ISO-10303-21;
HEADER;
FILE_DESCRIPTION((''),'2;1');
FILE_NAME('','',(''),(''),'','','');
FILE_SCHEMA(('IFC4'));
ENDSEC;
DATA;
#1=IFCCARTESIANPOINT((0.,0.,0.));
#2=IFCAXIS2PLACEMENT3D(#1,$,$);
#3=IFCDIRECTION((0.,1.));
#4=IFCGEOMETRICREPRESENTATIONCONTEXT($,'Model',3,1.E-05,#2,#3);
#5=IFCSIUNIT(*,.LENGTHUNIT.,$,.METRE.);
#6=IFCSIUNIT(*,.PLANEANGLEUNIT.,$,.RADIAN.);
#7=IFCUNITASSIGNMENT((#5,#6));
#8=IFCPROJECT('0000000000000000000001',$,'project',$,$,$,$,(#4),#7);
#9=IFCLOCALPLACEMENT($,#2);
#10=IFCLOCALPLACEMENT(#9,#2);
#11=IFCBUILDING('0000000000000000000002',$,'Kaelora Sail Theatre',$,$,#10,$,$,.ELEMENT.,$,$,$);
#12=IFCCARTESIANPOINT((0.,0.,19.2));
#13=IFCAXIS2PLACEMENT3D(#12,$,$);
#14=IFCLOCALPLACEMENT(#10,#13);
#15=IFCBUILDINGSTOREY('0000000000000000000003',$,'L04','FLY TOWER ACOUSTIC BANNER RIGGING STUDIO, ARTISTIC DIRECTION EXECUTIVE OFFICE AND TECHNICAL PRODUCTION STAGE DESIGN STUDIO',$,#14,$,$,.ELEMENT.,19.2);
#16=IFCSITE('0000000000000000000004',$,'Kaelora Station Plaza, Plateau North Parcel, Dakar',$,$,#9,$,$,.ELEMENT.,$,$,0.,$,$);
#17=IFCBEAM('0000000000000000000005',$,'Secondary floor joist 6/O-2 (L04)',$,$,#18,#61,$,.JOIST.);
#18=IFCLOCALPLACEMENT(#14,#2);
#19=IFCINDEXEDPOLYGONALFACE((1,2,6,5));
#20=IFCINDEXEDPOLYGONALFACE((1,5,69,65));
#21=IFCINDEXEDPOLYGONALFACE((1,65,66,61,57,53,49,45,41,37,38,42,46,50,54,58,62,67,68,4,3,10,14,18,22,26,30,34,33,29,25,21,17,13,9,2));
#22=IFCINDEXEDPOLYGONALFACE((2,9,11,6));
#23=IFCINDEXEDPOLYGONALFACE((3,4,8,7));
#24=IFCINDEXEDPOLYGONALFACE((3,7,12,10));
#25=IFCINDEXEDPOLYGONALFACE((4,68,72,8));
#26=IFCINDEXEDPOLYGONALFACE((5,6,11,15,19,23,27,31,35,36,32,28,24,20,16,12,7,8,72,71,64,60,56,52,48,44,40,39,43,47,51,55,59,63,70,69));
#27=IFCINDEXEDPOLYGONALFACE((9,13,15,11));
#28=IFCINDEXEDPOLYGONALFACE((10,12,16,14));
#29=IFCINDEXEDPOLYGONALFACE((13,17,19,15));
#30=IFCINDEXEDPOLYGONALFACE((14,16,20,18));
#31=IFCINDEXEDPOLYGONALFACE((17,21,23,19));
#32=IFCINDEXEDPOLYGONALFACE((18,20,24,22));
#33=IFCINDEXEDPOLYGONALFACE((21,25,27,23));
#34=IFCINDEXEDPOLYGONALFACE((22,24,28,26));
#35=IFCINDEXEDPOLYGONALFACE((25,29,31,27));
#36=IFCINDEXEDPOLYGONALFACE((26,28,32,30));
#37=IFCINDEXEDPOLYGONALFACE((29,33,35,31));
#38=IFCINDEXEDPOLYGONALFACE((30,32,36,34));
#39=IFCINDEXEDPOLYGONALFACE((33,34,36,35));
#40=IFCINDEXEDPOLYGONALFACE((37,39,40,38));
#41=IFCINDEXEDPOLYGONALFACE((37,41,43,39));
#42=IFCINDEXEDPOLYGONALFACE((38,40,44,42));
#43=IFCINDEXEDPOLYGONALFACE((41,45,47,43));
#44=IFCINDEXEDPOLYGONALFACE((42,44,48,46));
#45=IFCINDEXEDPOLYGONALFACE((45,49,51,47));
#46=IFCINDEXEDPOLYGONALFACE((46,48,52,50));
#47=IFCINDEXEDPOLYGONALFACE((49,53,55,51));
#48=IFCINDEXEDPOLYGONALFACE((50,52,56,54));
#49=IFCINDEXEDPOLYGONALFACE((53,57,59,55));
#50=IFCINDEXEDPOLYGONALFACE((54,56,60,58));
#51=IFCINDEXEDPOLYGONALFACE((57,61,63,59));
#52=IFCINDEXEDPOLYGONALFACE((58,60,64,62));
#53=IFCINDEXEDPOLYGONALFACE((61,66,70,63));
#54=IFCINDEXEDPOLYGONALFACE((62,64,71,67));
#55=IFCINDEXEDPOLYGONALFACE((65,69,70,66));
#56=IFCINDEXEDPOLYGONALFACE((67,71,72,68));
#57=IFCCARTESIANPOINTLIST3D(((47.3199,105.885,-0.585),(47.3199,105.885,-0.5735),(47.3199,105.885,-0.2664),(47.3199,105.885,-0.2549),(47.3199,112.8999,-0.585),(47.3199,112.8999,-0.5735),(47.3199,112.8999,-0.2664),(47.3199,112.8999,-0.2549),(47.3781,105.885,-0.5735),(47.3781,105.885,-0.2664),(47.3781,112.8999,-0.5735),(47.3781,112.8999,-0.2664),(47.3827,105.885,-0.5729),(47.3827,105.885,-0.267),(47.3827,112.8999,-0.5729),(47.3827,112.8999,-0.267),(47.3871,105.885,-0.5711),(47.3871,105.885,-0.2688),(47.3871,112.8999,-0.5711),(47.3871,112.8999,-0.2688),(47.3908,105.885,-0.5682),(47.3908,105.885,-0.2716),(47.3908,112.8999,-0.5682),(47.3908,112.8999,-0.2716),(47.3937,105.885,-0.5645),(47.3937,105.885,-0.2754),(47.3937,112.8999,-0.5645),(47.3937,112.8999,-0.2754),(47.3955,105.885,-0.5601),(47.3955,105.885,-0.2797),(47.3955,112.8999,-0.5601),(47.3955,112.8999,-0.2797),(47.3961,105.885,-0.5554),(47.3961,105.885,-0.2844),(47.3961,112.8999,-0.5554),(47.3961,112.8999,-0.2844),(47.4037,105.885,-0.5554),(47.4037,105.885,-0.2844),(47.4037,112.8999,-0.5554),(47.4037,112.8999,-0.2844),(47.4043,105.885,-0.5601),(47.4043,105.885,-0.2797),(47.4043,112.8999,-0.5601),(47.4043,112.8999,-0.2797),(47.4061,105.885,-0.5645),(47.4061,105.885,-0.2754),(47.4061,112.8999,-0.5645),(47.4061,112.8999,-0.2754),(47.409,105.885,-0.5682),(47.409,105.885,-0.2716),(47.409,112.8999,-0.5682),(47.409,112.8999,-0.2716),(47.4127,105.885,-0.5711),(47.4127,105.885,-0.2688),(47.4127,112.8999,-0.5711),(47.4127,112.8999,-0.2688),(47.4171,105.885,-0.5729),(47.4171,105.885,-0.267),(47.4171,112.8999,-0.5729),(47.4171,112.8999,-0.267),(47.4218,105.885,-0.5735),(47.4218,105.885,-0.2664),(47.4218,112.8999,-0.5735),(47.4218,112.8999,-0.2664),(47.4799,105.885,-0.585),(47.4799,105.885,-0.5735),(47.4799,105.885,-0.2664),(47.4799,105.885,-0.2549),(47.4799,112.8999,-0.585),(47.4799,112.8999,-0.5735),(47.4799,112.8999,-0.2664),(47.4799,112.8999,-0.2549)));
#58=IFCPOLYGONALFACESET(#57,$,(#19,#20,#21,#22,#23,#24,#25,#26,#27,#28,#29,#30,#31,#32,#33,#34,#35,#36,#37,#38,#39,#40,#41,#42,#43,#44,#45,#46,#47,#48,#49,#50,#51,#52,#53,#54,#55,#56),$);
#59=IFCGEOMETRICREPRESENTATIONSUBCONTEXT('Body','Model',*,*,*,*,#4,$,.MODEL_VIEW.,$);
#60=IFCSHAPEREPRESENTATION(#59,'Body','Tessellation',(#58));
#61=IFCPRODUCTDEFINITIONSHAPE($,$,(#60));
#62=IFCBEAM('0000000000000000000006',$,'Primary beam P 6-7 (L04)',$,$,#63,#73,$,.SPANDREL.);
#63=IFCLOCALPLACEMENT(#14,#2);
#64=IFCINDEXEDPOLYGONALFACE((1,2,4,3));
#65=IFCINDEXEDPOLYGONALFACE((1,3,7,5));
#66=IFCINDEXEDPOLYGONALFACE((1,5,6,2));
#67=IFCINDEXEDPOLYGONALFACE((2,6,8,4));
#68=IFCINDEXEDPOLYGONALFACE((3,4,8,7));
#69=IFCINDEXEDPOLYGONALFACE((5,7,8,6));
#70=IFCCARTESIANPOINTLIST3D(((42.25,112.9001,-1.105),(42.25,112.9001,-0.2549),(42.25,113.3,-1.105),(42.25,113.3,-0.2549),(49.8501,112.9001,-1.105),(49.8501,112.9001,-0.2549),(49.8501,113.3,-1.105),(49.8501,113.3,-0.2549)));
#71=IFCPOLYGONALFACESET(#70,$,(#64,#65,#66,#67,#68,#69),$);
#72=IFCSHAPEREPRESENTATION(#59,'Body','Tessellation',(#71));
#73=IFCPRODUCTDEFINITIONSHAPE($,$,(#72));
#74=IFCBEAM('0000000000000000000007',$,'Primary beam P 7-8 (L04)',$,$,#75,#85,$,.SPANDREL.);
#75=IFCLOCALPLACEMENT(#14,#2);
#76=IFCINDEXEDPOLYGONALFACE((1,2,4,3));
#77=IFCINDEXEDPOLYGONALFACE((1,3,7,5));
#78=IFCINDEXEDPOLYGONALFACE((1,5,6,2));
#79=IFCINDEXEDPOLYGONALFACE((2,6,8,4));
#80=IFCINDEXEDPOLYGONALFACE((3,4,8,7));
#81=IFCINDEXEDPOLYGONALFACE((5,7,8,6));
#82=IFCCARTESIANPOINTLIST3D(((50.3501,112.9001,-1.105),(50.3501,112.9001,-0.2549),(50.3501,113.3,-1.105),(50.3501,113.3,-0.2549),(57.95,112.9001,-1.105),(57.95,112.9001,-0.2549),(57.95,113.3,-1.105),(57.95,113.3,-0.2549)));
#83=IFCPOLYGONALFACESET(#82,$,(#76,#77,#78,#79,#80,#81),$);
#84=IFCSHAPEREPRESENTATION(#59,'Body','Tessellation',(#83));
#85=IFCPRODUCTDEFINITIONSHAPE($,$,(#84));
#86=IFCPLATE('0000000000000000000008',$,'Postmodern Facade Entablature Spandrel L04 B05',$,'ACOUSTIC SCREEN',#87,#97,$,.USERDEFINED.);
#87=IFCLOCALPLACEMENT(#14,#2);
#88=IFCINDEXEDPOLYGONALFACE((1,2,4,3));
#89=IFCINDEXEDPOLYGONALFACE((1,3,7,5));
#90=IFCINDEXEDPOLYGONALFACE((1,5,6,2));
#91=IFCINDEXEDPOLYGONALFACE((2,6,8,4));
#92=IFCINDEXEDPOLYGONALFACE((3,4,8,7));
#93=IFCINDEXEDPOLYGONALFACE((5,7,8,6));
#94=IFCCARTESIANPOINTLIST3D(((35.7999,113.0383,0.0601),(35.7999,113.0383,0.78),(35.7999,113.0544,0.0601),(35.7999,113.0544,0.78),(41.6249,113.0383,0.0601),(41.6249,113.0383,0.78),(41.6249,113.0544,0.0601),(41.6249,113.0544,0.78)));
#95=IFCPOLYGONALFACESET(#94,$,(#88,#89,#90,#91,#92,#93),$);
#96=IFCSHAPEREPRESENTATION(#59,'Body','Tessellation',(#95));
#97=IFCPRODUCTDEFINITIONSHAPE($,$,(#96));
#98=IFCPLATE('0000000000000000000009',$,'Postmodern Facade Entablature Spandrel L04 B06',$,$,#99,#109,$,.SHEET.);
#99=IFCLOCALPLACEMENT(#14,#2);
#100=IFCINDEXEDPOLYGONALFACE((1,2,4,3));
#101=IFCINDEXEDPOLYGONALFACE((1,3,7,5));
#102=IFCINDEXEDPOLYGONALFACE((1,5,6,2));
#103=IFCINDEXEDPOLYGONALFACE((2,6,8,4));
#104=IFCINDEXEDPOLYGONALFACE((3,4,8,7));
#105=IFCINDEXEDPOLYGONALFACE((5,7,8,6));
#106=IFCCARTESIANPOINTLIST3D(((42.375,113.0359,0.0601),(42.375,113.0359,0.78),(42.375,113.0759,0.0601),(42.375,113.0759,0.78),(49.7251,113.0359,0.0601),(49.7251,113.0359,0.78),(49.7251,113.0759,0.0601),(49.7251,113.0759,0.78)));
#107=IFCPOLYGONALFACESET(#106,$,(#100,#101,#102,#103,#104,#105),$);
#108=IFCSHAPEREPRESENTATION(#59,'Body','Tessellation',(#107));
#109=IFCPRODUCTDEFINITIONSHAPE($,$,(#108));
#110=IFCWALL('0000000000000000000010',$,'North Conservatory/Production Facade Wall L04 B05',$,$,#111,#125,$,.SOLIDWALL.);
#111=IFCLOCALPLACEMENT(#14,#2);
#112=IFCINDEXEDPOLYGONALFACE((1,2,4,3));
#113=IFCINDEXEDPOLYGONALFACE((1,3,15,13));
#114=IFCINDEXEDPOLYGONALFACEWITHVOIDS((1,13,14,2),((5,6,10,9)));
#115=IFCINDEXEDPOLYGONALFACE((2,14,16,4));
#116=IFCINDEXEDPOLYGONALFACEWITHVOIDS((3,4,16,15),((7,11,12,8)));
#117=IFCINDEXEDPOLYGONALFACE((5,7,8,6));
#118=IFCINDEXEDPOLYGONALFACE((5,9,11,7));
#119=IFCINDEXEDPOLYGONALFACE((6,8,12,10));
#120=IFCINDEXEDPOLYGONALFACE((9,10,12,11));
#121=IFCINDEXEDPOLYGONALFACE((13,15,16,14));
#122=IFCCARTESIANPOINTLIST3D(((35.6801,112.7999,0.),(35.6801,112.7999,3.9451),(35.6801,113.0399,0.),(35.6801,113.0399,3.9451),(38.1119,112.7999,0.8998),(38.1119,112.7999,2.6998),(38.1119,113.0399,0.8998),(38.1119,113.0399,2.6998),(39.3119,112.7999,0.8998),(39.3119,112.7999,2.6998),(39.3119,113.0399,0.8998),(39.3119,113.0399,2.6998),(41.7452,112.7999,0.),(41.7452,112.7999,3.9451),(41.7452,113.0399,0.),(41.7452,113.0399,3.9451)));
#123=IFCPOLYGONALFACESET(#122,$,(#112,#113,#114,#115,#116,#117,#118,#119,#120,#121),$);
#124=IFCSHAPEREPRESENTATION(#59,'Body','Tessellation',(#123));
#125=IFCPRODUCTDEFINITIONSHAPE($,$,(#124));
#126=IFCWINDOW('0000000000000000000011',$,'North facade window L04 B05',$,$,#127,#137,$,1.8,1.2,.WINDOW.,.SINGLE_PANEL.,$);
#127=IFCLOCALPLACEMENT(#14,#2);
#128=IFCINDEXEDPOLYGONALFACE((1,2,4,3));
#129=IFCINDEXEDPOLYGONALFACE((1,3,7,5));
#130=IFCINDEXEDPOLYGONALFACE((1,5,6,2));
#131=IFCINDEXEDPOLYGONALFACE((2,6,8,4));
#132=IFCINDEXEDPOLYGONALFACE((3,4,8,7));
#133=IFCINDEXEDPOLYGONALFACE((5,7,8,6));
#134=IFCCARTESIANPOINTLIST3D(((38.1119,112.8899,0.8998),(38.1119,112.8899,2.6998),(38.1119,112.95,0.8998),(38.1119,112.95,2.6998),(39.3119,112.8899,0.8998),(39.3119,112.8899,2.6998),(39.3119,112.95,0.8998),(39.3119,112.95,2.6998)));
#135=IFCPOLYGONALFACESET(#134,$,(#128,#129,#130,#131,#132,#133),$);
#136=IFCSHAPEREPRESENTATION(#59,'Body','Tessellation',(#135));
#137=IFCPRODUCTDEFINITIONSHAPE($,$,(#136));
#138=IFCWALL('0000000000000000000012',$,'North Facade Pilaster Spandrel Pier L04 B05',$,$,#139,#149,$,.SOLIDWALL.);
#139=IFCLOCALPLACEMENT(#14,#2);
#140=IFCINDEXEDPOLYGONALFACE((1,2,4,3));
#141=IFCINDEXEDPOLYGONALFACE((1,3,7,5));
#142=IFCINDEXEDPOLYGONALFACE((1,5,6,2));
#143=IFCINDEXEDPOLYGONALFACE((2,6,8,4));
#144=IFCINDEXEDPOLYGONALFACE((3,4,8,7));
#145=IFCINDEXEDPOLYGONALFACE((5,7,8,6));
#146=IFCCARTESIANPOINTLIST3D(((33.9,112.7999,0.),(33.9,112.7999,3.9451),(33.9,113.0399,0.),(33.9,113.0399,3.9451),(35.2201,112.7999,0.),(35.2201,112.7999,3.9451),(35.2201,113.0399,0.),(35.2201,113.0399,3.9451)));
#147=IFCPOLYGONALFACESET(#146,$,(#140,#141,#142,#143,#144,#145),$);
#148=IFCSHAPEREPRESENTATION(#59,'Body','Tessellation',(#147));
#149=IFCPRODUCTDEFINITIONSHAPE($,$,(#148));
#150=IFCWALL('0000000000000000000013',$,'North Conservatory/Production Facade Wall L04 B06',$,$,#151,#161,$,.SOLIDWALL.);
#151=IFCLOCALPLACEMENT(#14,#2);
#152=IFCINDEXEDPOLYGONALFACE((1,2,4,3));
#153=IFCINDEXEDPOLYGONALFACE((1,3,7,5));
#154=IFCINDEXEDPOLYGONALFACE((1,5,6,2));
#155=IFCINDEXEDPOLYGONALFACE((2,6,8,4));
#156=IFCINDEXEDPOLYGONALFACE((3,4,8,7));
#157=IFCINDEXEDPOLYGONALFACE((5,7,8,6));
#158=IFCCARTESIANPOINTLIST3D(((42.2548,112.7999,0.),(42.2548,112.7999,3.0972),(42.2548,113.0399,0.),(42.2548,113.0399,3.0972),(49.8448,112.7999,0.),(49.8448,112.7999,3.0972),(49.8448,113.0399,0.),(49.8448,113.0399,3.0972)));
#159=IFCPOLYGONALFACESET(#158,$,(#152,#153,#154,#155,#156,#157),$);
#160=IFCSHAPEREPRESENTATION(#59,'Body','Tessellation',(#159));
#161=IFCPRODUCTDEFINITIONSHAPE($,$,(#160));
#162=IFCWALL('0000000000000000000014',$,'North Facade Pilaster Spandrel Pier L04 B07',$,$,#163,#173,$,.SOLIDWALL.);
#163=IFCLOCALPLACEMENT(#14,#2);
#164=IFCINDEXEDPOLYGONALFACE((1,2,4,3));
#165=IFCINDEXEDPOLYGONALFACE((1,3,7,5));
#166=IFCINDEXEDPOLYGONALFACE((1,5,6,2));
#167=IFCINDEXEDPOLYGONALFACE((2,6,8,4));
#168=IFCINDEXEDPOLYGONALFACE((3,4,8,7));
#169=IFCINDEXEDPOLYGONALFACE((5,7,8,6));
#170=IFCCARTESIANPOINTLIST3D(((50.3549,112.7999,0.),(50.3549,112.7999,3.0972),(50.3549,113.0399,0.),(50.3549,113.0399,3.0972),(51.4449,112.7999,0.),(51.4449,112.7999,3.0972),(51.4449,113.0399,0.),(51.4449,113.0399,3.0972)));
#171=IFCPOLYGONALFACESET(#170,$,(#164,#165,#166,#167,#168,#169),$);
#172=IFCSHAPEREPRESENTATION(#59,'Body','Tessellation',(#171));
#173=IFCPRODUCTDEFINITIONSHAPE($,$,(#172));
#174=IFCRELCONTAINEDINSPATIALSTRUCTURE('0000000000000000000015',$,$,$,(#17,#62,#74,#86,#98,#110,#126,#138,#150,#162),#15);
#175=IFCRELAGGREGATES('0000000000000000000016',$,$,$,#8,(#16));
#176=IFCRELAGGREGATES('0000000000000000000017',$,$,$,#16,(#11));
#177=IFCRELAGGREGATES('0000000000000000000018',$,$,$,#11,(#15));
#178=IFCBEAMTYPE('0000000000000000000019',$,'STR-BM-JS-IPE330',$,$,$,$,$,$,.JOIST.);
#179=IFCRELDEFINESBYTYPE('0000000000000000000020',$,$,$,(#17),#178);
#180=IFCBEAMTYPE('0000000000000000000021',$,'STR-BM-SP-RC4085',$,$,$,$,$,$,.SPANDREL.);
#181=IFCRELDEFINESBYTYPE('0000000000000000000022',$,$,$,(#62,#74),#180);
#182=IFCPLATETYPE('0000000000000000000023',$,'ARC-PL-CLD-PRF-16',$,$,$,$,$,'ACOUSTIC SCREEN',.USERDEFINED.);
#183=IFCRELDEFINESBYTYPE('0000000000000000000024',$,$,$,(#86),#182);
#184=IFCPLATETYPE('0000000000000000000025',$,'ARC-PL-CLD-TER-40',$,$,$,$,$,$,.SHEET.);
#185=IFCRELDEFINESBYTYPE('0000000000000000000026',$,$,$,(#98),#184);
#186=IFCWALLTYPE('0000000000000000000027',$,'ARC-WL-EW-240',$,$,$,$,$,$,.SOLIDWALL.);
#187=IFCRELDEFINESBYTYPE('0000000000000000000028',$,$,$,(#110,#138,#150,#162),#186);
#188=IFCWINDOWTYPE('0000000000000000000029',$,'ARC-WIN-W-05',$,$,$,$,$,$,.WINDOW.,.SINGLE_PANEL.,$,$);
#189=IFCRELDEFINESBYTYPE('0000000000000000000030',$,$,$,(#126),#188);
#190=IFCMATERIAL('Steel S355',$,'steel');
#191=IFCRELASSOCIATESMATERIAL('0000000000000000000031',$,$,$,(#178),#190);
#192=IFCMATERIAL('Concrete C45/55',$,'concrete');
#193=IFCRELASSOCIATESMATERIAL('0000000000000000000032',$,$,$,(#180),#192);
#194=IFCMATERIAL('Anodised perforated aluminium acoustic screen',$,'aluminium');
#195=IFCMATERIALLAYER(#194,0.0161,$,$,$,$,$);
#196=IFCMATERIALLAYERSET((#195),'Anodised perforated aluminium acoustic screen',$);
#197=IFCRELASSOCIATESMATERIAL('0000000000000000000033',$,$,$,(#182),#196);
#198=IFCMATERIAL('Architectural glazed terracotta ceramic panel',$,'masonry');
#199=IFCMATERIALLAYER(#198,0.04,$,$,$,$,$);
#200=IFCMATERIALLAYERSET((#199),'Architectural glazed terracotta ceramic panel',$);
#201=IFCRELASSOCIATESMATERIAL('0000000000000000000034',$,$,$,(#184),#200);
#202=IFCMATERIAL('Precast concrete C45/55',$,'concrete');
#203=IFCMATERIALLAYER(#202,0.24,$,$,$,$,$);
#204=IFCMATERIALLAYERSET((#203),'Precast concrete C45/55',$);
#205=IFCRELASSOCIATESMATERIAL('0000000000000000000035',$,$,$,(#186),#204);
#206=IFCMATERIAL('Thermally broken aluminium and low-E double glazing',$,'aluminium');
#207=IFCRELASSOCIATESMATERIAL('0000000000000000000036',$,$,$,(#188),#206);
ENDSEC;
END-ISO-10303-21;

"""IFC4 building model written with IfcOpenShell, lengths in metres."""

from ifc_helpers import new_model, si_unit, direction, frame, frame_2d, origin, origin_2d, place, context, subcontext, project, spatial, rectangle, i_section, extrude, material, layer, layer_set, material_profile, profile_set, type_object, element, fill, save


model = new_model("IFC4")

# Units and contexts
model_context = context("Model", 3, precision=1e-05, world=origin(), true_north=direction((0.0, 1.0)))
body_context = subcontext(model_context, "Body", "Model", "MODEL_VIEW")
ifc_project = project(units=[si_unit("LENGTHUNIT", "METRE"), si_unit("PLANEANGLEUNIT", "RADIAN")], contexts=[model_context])

# Site, building, storey
site_placement = place(None, origin())
site = spatial("IfcSite", under=ifc_project, at=site_placement, Name="Kaelora Station Plaza, Plateau North Parcel, Dakar", CompositionType="ELEMENT", RefElevation=0.0)
building_placement = place(site_placement, origin())
building = spatial("IfcBuilding", under=site, at=building_placement, Name="Kaelora Sail Theatre", CompositionType="ELEMENT")
storey_placement = place(building_placement, frame((0.0, 0.0, 19.2)))
storey = spatial("IfcBuildingStorey", under=building, at=storey_placement, Name="L04", Description="FLY TOWER ACOUSTIC BANNER RIGGING STUDIO, ARTISTIC DIRECTION EXECUTIVE OFFICE AND TECHNICAL PRODUCTION STAGE DESIGN STUDIO", CompositionType="ELEMENT", Elevation=19.2)

# Beams
ifc_material_1 = material(Name="Steel S355", Category="steel")
ifc_material_profile_1 = material_profile(ifc_material_1, i_section(OverallWidth=0.1599, OverallDepth=0.3301, WebThickness=0.0076, FlangeThickness=0.0115, FilletRadius=0.0181, at=origin_2d()), Name="IPE 330")
ifc_profile_set_1 = profile_set([ifc_material_profile_1], Name="Steel S355")
beam_type_1 = type_object("IfcBeamType", Name="STR-BM-JS-IPE330", PredefinedType="JOIST", material=ifc_profile_set_1)
beam_1_placement = place(storey_placement, frame((47.3999, 105.885, -0.4199), z_axis=(0.0, 1.0, 0.0), x_axis=(-1.0, 0.0, 0.0)))
element("IfcBeam", 1, at=beam_1_placement, inside=storey, type_object=beam_type_1, Name="Secondary floor joist 6/O-2 (L04)", PredefinedType="JOIST", context=body_context, shape_type="SweptSolid", body=[
    extrude(i_section(OverallWidth=0.1599, OverallDepth=0.3301, WebThickness=0.0076, FlangeThickness=0.0115, FilletRadius=0.0181, at=origin_2d()), origin(), (0.0, 0.0, 1.0), 7.0149),
])
ifc_material_2 = material(Name="Concrete C45/55", Category="concrete")
ifc_material_profile_2 = material_profile(ifc_material_2, rectangle(XDim=0.3999, YDim=0.8501, at=origin_2d()), Name="RC-SPN 400x850")
ifc_profile_set_2 = profile_set([ifc_material_profile_2], Name="Concrete C45/55")
beam_type_2 = type_object("IfcBeamType", Name="STR-BM-SP-RC4085", PredefinedType="SPANDREL", material=ifc_profile_set_2)
beam_2_placement = place(storey_placement, frame((42.25, 113.1001, -0.6799), z_axis=(1.0, 0.0, 0.0), x_axis=(0.0, 1.0, 0.0)))
element("IfcBeam", 2, at=beam_2_placement, inside=storey, type_object=beam_type_2, Name="Primary beam P 6-7 (L04)", PredefinedType="SPANDREL", context=body_context, shape_type="SweptSolid", body=[
    extrude(rectangle(XDim=0.3999, YDim=0.8501, at=origin_2d()), origin(), (0.0, 0.0, 1.0), 7.6001),
])
beam_3_placement = place(storey_placement, frame((50.3501, 113.1001, -0.6799), z_axis=(1.0, 0.0, 0.0), x_axis=(0.0, 1.0, 0.0)))
element("IfcBeam", 3, at=beam_3_placement, inside=storey, type_object=beam_type_2, Name="Primary beam P 7-8 (L04)", PredefinedType="SPANDREL", context=body_context, shape_type="SweptSolid", body=[
    extrude(rectangle(XDim=0.3999, YDim=0.8501, at=origin_2d()), origin(), (0.0, 0.0, 1.0), 7.5999),
])

# Plates
ifc_material_3 = material(Name="Anodised perforated aluminium acoustic screen", Category="aluminium")
ifc_layer_1 = layer(ifc_material_3, 0.0161)
ifc_layer_set_1 = layer_set([ifc_layer_1], Name="Anodised perforated aluminium acoustic screen")
plate_type_1 = type_object("IfcPlateType", Name="ARC-PL-CLD-PRF-16", ElementType="ACOUSTIC SCREEN", PredefinedType="USERDEFINED", material=ifc_layer_set_1)
plate_1_placement = place(storey_placement, frame((38.7124, 113.0464, 0.0601), z_axis=(0.0, 0.0, 1.0), x_axis=(1.0, 0.0, 0.0)))
element("IfcPlate", 4, at=plate_1_placement, inside=storey, type_object=plate_type_1, Name="Postmodern Facade Entablature Spandrel L04 B05", ObjectType="ACOUSTIC SCREEN", PredefinedType="USERDEFINED", context=body_context, shape_type="SweptSolid", body=[
    extrude(rectangle(XDim=5.825, YDim=0.0161, at=origin_2d()), origin(), (0.0, 0.0, 1.0), 0.72),
])
ifc_material_4 = material(Name="Architectural glazed terracotta ceramic panel", Category="masonry")
ifc_layer_2 = layer(ifc_material_4, 0.04)
ifc_layer_set_2 = layer_set([ifc_layer_2], Name="Architectural glazed terracotta ceramic panel")
plate_type_2 = type_object("IfcPlateType", Name="ARC-PL-CLD-TER-40", PredefinedType="SHEET", material=ifc_layer_set_2)
plate_2_placement = place(storey_placement, frame((46.05, 113.0559, 0.0601), z_axis=(0.0, 0.0, 1.0), x_axis=(1.0, 0.0, 0.0)))
element("IfcPlate", 5, at=plate_2_placement, inside=storey, type_object=plate_type_2, Name="Postmodern Facade Entablature Spandrel L04 B06", PredefinedType="SHEET", context=body_context, shape_type="SweptSolid", body=[
    extrude(rectangle(XDim=7.3501, YDim=0.04, at=origin_2d()), origin(), (0.0, 0.0, 1.0), 0.72),
])

# Wall, opening, window
ifc_material_5 = material(Name="Precast concrete C45/55", Category="concrete")
ifc_layer_3 = layer(ifc_material_5, 0.24)
ifc_layer_set_3 = layer_set([ifc_layer_3], Name="Precast concrete C45/55")
wall_type_1 = type_object("IfcWallType", Name="ARC-WL-EW-240", PredefinedType="SOLIDWALL", material=ifc_layer_set_3)
wall_1_placement = place(storey_placement, frame((35.6799, 112.9199, 0.0), z_axis=(0.0, 0.0, 1.0), x_axis=(1.0, 0.0, 0.0)))
wall_1 = element("IfcWall", 6, at=wall_1_placement, inside=storey, type_object=wall_type_1, Name="North Conservatory/Production Facade Wall L04 B05", PredefinedType="SOLIDWALL", context=body_context, shape_type="SweptSolid", body=[
    extrude(rectangle(XDim=6.0652, YDim=0.24, at=frame_2d((3.0327, 0.0))), origin(), (0.0, 0.0, 1.0), 3.9451),
])
opening_placement = place(wall_1_placement, frame((2.4319, 0.0, 0.8999)))
opening = element("IfcOpeningElement", 7, at=opening_placement, cuts=wall_1, PredefinedType="OPENING", context=body_context, shape_type="SweptSolid", body=[
    extrude(rectangle(XDim=1.2, YDim=1.8, at=frame_2d((0.6001, 0.8999))), frame((0.0, 0.1301, 0.0), z_axis=(0.0, -1.0, 0.0), x_axis=(1.0, 0.0, 0.0)), (0.0, 0.0, 1.0), 0.26),
])
ifc_material_6 = material(Name="Thermally broken aluminium and low-E double glazing", Category="aluminium")
window_type = type_object("IfcWindowType", Name="ARC-WIN-W-05", PartitioningType="SINGLE_PANEL", PredefinedType="WINDOW", material=ifc_material_6)
window_placement = place(opening_placement, origin())
window = element("IfcWindow", 8, at=window_placement, inside=storey, type_object=window_type, Name="North facade window L04 B05", OverallHeight=1.8, OverallWidth=1.2, PartitioningType="SINGLE_PANEL", PredefinedType="WINDOW", context=body_context, shape_type="SweptSolid", body=[
    extrude(rectangle(XDim=1.2, YDim=1.8, at=frame_2d((0.6001, 0.8999))), frame((0.0, 0.03, 0.0), z_axis=(0.0, -1.0, 0.0), x_axis=(1.0, 0.0, 0.0)), (0.0, 0.0, 1.0), 0.0601),
])
fill(opening, window)

# Walls
wall_2_placement = place(storey_placement, frame((33.8999, 112.9199, 0.0), z_axis=(0.0, 0.0, 1.0), x_axis=(1.0, 0.0, 0.0)))
element("IfcWall", 9, at=wall_2_placement, inside=storey, type_object=wall_type_1, Name="North Facade Pilaster Spandrel Pier L04 B05", PredefinedType="SOLIDWALL", context=body_context, shape_type="SweptSolid", body=[
    extrude(rectangle(XDim=1.3201, YDim=0.24, at=frame_2d((0.6602, 0.0))), origin(), (0.0, 0.0, 1.0), 3.9451),
])
wall_3_placement = place(storey_placement, frame((42.2549, 112.9199, 0.0), z_axis=(0.0, 0.0, 1.0), x_axis=(1.0, 0.0, 0.0)))
element("IfcWall", 10, at=wall_3_placement, inside=storey, type_object=wall_type_1, Name="North Conservatory/Production Facade Wall L04 B06", PredefinedType="SOLIDWALL", context=body_context, shape_type="SweptSolid", body=[
    extrude(rectangle(XDim=7.5901, YDim=0.24, at=frame_2d((3.7949, 0.0))), origin(), (0.0, 0.0, 1.0), 3.0972),
])
wall_4_placement = place(storey_placement, frame((50.355, 112.9199, 0.0), z_axis=(0.0, 0.0, 1.0), x_axis=(1.0, 0.0, 0.0)))
element("IfcWall", 11, at=wall_4_placement, inside=storey, type_object=wall_type_1, Name="North Facade Pilaster Spandrel Pier L04 B07", PredefinedType="SOLIDWALL", context=body_context, shape_type="SweptSolid", body=[
    extrude(rectangle(XDim=1.0901, YDim=0.24, at=frame_2d((0.5449, 0.0))), origin(), (0.0, 0.0, 1.0), 3.0972),
])

save(model, "model.ifc")
